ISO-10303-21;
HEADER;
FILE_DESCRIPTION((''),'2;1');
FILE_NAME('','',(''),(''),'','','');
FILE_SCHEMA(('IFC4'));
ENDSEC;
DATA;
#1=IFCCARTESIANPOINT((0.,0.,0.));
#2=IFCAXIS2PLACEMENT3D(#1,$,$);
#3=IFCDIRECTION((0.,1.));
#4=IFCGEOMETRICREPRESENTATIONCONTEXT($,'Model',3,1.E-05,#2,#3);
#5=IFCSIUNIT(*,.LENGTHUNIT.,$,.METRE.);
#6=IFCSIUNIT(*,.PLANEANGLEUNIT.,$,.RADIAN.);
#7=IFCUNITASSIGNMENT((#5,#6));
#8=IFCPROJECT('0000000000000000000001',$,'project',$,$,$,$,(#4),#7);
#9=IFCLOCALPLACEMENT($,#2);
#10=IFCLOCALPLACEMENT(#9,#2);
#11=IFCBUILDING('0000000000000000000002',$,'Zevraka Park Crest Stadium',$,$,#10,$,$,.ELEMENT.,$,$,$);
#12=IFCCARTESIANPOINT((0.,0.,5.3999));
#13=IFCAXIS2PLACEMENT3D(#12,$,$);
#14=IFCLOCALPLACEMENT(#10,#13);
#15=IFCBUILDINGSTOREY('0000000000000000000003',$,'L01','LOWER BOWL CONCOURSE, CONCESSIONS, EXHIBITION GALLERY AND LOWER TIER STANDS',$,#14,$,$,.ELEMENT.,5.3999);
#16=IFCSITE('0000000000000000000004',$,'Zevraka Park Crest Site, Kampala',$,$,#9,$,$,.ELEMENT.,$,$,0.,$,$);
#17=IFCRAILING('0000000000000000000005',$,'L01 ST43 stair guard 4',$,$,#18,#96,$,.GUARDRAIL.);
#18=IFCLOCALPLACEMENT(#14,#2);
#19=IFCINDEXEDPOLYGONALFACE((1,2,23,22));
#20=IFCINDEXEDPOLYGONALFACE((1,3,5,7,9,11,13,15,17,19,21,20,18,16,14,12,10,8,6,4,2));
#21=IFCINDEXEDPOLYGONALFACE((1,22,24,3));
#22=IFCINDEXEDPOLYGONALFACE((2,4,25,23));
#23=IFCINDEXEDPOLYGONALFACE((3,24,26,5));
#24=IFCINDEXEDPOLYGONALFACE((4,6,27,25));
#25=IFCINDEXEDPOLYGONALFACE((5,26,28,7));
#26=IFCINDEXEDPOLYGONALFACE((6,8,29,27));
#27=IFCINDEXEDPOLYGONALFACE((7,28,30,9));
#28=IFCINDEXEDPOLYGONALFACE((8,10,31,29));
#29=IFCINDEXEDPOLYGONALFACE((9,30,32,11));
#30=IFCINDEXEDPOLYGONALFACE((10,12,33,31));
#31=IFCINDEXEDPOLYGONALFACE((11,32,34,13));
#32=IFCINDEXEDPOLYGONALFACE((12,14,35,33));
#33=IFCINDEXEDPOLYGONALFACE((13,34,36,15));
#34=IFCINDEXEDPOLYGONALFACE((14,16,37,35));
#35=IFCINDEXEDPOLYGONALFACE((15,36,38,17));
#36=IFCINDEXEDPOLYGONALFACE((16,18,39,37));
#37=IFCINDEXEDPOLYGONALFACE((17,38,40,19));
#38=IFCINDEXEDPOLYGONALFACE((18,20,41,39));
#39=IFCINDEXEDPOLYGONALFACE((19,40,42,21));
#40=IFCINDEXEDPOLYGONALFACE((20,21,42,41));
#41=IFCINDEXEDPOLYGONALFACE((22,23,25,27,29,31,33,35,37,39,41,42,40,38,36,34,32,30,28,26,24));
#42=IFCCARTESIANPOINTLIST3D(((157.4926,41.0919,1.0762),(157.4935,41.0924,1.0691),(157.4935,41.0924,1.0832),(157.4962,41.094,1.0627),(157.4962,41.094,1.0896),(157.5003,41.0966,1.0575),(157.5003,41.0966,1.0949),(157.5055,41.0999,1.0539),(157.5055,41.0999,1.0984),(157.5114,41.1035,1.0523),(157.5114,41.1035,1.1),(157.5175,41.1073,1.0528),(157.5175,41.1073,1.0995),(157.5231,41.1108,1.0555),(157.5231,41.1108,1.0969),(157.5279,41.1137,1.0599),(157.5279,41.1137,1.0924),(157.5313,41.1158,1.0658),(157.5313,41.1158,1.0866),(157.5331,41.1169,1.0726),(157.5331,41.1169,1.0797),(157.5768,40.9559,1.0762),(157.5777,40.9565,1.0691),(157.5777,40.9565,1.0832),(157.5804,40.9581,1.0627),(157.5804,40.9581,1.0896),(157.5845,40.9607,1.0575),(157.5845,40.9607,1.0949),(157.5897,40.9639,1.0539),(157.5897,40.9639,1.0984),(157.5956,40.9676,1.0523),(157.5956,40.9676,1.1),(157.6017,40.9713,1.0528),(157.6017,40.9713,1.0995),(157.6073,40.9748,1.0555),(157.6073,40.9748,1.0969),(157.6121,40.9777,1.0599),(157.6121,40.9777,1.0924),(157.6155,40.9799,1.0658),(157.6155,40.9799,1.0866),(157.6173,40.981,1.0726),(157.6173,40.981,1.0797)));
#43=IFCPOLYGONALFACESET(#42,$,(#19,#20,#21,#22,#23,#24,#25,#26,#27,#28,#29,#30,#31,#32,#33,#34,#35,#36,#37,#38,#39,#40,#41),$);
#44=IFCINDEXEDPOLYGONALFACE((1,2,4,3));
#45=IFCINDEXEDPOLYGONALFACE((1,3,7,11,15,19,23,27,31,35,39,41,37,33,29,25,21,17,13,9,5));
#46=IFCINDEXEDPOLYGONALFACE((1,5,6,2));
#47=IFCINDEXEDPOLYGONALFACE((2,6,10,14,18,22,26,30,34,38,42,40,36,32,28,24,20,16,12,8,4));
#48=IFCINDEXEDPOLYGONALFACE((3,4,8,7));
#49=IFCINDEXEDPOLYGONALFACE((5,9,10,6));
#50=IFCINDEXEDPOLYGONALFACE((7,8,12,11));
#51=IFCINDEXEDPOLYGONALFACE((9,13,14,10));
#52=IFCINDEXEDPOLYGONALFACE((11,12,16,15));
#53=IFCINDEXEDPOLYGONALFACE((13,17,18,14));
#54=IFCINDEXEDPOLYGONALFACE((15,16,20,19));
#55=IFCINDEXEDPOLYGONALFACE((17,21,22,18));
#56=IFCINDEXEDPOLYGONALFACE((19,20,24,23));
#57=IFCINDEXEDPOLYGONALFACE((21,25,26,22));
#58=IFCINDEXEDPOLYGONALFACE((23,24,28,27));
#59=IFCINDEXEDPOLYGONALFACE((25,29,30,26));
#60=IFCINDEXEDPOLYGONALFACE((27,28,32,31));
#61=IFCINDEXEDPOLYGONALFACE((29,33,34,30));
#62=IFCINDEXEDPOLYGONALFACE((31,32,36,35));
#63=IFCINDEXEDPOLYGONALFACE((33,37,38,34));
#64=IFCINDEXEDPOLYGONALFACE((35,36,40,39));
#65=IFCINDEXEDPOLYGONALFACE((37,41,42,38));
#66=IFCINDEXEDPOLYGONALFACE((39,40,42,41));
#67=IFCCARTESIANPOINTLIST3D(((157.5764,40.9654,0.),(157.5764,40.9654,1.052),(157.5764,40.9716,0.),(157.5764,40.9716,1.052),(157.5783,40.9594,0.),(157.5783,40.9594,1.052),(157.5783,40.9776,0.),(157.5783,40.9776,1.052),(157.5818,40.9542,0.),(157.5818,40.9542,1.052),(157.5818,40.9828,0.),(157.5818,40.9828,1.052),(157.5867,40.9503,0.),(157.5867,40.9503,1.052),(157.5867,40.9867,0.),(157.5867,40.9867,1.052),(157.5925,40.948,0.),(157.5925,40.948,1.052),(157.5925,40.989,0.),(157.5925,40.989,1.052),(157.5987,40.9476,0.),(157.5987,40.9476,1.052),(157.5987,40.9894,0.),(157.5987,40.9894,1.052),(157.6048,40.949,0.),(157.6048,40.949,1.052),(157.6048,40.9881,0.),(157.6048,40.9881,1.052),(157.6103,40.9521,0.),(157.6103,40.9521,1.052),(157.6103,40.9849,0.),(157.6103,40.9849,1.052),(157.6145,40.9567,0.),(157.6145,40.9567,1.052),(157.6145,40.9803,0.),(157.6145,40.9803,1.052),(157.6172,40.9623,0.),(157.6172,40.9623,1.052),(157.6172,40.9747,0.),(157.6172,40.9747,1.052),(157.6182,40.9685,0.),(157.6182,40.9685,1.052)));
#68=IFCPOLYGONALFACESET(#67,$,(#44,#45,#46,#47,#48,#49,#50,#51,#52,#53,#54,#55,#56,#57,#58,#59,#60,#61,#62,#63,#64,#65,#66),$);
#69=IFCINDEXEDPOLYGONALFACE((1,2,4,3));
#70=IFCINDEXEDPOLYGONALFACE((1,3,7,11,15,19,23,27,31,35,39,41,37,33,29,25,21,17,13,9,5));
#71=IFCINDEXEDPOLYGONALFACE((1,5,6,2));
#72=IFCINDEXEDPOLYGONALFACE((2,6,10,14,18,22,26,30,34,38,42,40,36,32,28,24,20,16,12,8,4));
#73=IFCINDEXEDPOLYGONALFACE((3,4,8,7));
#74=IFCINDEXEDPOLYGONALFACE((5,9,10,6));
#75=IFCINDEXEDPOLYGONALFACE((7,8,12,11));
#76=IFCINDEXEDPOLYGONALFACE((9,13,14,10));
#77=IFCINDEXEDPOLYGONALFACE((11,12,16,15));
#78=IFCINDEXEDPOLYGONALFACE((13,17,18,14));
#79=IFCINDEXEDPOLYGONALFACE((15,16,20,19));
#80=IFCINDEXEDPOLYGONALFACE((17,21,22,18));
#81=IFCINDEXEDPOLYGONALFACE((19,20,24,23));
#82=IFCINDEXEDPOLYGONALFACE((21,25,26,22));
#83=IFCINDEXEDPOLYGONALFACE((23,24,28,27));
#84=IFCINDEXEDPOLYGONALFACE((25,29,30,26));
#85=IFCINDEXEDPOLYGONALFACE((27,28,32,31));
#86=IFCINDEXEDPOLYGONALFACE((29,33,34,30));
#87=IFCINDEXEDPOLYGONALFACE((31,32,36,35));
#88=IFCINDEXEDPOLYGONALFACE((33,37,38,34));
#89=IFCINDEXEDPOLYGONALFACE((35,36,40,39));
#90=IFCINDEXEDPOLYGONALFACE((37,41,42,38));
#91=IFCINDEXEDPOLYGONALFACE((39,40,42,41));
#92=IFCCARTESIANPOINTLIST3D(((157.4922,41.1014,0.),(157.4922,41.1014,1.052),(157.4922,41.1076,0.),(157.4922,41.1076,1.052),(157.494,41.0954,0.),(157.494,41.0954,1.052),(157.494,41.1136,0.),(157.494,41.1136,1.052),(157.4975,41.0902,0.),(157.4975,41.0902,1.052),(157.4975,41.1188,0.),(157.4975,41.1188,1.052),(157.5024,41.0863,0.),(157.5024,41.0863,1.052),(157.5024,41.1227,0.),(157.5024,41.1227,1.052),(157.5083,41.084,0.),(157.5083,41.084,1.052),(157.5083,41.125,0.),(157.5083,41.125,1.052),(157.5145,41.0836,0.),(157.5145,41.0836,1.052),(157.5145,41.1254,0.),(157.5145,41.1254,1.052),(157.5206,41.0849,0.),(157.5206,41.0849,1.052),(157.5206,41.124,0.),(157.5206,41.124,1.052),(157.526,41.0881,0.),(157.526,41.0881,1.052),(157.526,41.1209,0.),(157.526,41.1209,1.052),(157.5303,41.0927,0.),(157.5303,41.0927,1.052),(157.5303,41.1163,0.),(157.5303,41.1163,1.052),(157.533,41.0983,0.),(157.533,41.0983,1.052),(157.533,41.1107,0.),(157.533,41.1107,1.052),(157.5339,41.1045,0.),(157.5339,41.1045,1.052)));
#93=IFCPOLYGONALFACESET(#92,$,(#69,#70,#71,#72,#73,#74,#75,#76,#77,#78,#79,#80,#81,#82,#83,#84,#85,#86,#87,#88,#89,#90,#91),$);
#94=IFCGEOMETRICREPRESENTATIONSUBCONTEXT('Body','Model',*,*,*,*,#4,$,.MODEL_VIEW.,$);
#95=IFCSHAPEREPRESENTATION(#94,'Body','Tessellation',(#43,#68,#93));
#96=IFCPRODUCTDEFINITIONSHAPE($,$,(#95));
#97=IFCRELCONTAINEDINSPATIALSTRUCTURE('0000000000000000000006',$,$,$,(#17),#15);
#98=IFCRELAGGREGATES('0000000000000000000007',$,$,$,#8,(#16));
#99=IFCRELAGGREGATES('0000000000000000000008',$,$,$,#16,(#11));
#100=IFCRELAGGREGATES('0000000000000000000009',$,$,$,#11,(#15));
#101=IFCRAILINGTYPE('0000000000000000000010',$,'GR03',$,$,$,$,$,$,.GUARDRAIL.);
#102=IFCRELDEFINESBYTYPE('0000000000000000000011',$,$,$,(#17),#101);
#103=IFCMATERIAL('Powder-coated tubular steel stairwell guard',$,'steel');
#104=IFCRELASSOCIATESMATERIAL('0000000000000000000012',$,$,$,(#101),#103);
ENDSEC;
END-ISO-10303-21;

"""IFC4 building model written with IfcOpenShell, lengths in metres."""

from ifc_helpers import new_model, si_unit, direction, frame, origin, origin_2d, place, context, subcontext, project, spatial, circle, extrude, material, type_object, element, save


model = new_model("IFC4")

# Units and contexts
model_context = context("Model", 3, precision=1e-05, world=origin(), true_north=direction((0.0, 1.0)))
body_context = subcontext(model_context, "Body", "Model", "MODEL_VIEW")
ifc_project = project(units=[si_unit("LENGTHUNIT", "METRE"), si_unit("PLANEANGLEUNIT", "RADIAN")], contexts=[model_context])

# Site, building, storey
site_placement = place(None, origin())
site = spatial("IfcSite", under=ifc_project, at=site_placement, Name="Zevraka Park Crest Site, Kampala", CompositionType="ELEMENT", RefElevation=0.0)
building_placement = place(site_placement, origin())
building = spatial("IfcBuilding", under=site, at=building_placement, Name="Zevraka Park Crest Stadium", CompositionType="ELEMENT")
storey_placement = place(building_placement, frame((0.0, 0.0, 5.3999)))
storey = spatial("IfcBuildingStorey", under=building, at=storey_placement, Name="L01", Description="LOWER BOWL CONCOURSE, CONCESSIONS, EXHIBITION GALLERY AND LOWER TIER STANDS", CompositionType="ELEMENT", Elevation=5.3999)

# Railing
ifc_material_1 = material(Name="Powder-coated tubular steel stairwell guard", Category="steel")
railing_type_1 = type_object("IfcRailingType", Name="GR03", PredefinedType="GUARDRAIL", material=ifc_material_1)
railing_1_placement = place(storey_placement, frame((157.5972, 40.9685, 0.0)))
element("IfcRailing", 1, at=railing_1_placement, inside=storey, type_object=railing_type_1, Name="L01 ST43 stair guard 4", PredefinedType="GUARDRAIL", context=body_context, shape_type="SweptSolid", body=[
    extrude(circle(Radius=0.0239, at=origin_2d()), frame((0.0, 0.0, 1.0762), z_axis=(-0.526565, 0.850135, 0.0), x_axis=(-0.850135, -0.526565, 0.0)), (0.0, 0.0, 1.0), 0.1599),
    extrude(circle(Radius=0.021, at=origin_2d()), origin(), (0.0, 0.0, 1.0), 1.052),
    extrude(circle(Radius=0.021, at=origin_2d()), frame((-0.0842, 0.136, 0.0)), (0.0, 0.0, 1.0), 1.052),
])

save(model, "model.ifc")
